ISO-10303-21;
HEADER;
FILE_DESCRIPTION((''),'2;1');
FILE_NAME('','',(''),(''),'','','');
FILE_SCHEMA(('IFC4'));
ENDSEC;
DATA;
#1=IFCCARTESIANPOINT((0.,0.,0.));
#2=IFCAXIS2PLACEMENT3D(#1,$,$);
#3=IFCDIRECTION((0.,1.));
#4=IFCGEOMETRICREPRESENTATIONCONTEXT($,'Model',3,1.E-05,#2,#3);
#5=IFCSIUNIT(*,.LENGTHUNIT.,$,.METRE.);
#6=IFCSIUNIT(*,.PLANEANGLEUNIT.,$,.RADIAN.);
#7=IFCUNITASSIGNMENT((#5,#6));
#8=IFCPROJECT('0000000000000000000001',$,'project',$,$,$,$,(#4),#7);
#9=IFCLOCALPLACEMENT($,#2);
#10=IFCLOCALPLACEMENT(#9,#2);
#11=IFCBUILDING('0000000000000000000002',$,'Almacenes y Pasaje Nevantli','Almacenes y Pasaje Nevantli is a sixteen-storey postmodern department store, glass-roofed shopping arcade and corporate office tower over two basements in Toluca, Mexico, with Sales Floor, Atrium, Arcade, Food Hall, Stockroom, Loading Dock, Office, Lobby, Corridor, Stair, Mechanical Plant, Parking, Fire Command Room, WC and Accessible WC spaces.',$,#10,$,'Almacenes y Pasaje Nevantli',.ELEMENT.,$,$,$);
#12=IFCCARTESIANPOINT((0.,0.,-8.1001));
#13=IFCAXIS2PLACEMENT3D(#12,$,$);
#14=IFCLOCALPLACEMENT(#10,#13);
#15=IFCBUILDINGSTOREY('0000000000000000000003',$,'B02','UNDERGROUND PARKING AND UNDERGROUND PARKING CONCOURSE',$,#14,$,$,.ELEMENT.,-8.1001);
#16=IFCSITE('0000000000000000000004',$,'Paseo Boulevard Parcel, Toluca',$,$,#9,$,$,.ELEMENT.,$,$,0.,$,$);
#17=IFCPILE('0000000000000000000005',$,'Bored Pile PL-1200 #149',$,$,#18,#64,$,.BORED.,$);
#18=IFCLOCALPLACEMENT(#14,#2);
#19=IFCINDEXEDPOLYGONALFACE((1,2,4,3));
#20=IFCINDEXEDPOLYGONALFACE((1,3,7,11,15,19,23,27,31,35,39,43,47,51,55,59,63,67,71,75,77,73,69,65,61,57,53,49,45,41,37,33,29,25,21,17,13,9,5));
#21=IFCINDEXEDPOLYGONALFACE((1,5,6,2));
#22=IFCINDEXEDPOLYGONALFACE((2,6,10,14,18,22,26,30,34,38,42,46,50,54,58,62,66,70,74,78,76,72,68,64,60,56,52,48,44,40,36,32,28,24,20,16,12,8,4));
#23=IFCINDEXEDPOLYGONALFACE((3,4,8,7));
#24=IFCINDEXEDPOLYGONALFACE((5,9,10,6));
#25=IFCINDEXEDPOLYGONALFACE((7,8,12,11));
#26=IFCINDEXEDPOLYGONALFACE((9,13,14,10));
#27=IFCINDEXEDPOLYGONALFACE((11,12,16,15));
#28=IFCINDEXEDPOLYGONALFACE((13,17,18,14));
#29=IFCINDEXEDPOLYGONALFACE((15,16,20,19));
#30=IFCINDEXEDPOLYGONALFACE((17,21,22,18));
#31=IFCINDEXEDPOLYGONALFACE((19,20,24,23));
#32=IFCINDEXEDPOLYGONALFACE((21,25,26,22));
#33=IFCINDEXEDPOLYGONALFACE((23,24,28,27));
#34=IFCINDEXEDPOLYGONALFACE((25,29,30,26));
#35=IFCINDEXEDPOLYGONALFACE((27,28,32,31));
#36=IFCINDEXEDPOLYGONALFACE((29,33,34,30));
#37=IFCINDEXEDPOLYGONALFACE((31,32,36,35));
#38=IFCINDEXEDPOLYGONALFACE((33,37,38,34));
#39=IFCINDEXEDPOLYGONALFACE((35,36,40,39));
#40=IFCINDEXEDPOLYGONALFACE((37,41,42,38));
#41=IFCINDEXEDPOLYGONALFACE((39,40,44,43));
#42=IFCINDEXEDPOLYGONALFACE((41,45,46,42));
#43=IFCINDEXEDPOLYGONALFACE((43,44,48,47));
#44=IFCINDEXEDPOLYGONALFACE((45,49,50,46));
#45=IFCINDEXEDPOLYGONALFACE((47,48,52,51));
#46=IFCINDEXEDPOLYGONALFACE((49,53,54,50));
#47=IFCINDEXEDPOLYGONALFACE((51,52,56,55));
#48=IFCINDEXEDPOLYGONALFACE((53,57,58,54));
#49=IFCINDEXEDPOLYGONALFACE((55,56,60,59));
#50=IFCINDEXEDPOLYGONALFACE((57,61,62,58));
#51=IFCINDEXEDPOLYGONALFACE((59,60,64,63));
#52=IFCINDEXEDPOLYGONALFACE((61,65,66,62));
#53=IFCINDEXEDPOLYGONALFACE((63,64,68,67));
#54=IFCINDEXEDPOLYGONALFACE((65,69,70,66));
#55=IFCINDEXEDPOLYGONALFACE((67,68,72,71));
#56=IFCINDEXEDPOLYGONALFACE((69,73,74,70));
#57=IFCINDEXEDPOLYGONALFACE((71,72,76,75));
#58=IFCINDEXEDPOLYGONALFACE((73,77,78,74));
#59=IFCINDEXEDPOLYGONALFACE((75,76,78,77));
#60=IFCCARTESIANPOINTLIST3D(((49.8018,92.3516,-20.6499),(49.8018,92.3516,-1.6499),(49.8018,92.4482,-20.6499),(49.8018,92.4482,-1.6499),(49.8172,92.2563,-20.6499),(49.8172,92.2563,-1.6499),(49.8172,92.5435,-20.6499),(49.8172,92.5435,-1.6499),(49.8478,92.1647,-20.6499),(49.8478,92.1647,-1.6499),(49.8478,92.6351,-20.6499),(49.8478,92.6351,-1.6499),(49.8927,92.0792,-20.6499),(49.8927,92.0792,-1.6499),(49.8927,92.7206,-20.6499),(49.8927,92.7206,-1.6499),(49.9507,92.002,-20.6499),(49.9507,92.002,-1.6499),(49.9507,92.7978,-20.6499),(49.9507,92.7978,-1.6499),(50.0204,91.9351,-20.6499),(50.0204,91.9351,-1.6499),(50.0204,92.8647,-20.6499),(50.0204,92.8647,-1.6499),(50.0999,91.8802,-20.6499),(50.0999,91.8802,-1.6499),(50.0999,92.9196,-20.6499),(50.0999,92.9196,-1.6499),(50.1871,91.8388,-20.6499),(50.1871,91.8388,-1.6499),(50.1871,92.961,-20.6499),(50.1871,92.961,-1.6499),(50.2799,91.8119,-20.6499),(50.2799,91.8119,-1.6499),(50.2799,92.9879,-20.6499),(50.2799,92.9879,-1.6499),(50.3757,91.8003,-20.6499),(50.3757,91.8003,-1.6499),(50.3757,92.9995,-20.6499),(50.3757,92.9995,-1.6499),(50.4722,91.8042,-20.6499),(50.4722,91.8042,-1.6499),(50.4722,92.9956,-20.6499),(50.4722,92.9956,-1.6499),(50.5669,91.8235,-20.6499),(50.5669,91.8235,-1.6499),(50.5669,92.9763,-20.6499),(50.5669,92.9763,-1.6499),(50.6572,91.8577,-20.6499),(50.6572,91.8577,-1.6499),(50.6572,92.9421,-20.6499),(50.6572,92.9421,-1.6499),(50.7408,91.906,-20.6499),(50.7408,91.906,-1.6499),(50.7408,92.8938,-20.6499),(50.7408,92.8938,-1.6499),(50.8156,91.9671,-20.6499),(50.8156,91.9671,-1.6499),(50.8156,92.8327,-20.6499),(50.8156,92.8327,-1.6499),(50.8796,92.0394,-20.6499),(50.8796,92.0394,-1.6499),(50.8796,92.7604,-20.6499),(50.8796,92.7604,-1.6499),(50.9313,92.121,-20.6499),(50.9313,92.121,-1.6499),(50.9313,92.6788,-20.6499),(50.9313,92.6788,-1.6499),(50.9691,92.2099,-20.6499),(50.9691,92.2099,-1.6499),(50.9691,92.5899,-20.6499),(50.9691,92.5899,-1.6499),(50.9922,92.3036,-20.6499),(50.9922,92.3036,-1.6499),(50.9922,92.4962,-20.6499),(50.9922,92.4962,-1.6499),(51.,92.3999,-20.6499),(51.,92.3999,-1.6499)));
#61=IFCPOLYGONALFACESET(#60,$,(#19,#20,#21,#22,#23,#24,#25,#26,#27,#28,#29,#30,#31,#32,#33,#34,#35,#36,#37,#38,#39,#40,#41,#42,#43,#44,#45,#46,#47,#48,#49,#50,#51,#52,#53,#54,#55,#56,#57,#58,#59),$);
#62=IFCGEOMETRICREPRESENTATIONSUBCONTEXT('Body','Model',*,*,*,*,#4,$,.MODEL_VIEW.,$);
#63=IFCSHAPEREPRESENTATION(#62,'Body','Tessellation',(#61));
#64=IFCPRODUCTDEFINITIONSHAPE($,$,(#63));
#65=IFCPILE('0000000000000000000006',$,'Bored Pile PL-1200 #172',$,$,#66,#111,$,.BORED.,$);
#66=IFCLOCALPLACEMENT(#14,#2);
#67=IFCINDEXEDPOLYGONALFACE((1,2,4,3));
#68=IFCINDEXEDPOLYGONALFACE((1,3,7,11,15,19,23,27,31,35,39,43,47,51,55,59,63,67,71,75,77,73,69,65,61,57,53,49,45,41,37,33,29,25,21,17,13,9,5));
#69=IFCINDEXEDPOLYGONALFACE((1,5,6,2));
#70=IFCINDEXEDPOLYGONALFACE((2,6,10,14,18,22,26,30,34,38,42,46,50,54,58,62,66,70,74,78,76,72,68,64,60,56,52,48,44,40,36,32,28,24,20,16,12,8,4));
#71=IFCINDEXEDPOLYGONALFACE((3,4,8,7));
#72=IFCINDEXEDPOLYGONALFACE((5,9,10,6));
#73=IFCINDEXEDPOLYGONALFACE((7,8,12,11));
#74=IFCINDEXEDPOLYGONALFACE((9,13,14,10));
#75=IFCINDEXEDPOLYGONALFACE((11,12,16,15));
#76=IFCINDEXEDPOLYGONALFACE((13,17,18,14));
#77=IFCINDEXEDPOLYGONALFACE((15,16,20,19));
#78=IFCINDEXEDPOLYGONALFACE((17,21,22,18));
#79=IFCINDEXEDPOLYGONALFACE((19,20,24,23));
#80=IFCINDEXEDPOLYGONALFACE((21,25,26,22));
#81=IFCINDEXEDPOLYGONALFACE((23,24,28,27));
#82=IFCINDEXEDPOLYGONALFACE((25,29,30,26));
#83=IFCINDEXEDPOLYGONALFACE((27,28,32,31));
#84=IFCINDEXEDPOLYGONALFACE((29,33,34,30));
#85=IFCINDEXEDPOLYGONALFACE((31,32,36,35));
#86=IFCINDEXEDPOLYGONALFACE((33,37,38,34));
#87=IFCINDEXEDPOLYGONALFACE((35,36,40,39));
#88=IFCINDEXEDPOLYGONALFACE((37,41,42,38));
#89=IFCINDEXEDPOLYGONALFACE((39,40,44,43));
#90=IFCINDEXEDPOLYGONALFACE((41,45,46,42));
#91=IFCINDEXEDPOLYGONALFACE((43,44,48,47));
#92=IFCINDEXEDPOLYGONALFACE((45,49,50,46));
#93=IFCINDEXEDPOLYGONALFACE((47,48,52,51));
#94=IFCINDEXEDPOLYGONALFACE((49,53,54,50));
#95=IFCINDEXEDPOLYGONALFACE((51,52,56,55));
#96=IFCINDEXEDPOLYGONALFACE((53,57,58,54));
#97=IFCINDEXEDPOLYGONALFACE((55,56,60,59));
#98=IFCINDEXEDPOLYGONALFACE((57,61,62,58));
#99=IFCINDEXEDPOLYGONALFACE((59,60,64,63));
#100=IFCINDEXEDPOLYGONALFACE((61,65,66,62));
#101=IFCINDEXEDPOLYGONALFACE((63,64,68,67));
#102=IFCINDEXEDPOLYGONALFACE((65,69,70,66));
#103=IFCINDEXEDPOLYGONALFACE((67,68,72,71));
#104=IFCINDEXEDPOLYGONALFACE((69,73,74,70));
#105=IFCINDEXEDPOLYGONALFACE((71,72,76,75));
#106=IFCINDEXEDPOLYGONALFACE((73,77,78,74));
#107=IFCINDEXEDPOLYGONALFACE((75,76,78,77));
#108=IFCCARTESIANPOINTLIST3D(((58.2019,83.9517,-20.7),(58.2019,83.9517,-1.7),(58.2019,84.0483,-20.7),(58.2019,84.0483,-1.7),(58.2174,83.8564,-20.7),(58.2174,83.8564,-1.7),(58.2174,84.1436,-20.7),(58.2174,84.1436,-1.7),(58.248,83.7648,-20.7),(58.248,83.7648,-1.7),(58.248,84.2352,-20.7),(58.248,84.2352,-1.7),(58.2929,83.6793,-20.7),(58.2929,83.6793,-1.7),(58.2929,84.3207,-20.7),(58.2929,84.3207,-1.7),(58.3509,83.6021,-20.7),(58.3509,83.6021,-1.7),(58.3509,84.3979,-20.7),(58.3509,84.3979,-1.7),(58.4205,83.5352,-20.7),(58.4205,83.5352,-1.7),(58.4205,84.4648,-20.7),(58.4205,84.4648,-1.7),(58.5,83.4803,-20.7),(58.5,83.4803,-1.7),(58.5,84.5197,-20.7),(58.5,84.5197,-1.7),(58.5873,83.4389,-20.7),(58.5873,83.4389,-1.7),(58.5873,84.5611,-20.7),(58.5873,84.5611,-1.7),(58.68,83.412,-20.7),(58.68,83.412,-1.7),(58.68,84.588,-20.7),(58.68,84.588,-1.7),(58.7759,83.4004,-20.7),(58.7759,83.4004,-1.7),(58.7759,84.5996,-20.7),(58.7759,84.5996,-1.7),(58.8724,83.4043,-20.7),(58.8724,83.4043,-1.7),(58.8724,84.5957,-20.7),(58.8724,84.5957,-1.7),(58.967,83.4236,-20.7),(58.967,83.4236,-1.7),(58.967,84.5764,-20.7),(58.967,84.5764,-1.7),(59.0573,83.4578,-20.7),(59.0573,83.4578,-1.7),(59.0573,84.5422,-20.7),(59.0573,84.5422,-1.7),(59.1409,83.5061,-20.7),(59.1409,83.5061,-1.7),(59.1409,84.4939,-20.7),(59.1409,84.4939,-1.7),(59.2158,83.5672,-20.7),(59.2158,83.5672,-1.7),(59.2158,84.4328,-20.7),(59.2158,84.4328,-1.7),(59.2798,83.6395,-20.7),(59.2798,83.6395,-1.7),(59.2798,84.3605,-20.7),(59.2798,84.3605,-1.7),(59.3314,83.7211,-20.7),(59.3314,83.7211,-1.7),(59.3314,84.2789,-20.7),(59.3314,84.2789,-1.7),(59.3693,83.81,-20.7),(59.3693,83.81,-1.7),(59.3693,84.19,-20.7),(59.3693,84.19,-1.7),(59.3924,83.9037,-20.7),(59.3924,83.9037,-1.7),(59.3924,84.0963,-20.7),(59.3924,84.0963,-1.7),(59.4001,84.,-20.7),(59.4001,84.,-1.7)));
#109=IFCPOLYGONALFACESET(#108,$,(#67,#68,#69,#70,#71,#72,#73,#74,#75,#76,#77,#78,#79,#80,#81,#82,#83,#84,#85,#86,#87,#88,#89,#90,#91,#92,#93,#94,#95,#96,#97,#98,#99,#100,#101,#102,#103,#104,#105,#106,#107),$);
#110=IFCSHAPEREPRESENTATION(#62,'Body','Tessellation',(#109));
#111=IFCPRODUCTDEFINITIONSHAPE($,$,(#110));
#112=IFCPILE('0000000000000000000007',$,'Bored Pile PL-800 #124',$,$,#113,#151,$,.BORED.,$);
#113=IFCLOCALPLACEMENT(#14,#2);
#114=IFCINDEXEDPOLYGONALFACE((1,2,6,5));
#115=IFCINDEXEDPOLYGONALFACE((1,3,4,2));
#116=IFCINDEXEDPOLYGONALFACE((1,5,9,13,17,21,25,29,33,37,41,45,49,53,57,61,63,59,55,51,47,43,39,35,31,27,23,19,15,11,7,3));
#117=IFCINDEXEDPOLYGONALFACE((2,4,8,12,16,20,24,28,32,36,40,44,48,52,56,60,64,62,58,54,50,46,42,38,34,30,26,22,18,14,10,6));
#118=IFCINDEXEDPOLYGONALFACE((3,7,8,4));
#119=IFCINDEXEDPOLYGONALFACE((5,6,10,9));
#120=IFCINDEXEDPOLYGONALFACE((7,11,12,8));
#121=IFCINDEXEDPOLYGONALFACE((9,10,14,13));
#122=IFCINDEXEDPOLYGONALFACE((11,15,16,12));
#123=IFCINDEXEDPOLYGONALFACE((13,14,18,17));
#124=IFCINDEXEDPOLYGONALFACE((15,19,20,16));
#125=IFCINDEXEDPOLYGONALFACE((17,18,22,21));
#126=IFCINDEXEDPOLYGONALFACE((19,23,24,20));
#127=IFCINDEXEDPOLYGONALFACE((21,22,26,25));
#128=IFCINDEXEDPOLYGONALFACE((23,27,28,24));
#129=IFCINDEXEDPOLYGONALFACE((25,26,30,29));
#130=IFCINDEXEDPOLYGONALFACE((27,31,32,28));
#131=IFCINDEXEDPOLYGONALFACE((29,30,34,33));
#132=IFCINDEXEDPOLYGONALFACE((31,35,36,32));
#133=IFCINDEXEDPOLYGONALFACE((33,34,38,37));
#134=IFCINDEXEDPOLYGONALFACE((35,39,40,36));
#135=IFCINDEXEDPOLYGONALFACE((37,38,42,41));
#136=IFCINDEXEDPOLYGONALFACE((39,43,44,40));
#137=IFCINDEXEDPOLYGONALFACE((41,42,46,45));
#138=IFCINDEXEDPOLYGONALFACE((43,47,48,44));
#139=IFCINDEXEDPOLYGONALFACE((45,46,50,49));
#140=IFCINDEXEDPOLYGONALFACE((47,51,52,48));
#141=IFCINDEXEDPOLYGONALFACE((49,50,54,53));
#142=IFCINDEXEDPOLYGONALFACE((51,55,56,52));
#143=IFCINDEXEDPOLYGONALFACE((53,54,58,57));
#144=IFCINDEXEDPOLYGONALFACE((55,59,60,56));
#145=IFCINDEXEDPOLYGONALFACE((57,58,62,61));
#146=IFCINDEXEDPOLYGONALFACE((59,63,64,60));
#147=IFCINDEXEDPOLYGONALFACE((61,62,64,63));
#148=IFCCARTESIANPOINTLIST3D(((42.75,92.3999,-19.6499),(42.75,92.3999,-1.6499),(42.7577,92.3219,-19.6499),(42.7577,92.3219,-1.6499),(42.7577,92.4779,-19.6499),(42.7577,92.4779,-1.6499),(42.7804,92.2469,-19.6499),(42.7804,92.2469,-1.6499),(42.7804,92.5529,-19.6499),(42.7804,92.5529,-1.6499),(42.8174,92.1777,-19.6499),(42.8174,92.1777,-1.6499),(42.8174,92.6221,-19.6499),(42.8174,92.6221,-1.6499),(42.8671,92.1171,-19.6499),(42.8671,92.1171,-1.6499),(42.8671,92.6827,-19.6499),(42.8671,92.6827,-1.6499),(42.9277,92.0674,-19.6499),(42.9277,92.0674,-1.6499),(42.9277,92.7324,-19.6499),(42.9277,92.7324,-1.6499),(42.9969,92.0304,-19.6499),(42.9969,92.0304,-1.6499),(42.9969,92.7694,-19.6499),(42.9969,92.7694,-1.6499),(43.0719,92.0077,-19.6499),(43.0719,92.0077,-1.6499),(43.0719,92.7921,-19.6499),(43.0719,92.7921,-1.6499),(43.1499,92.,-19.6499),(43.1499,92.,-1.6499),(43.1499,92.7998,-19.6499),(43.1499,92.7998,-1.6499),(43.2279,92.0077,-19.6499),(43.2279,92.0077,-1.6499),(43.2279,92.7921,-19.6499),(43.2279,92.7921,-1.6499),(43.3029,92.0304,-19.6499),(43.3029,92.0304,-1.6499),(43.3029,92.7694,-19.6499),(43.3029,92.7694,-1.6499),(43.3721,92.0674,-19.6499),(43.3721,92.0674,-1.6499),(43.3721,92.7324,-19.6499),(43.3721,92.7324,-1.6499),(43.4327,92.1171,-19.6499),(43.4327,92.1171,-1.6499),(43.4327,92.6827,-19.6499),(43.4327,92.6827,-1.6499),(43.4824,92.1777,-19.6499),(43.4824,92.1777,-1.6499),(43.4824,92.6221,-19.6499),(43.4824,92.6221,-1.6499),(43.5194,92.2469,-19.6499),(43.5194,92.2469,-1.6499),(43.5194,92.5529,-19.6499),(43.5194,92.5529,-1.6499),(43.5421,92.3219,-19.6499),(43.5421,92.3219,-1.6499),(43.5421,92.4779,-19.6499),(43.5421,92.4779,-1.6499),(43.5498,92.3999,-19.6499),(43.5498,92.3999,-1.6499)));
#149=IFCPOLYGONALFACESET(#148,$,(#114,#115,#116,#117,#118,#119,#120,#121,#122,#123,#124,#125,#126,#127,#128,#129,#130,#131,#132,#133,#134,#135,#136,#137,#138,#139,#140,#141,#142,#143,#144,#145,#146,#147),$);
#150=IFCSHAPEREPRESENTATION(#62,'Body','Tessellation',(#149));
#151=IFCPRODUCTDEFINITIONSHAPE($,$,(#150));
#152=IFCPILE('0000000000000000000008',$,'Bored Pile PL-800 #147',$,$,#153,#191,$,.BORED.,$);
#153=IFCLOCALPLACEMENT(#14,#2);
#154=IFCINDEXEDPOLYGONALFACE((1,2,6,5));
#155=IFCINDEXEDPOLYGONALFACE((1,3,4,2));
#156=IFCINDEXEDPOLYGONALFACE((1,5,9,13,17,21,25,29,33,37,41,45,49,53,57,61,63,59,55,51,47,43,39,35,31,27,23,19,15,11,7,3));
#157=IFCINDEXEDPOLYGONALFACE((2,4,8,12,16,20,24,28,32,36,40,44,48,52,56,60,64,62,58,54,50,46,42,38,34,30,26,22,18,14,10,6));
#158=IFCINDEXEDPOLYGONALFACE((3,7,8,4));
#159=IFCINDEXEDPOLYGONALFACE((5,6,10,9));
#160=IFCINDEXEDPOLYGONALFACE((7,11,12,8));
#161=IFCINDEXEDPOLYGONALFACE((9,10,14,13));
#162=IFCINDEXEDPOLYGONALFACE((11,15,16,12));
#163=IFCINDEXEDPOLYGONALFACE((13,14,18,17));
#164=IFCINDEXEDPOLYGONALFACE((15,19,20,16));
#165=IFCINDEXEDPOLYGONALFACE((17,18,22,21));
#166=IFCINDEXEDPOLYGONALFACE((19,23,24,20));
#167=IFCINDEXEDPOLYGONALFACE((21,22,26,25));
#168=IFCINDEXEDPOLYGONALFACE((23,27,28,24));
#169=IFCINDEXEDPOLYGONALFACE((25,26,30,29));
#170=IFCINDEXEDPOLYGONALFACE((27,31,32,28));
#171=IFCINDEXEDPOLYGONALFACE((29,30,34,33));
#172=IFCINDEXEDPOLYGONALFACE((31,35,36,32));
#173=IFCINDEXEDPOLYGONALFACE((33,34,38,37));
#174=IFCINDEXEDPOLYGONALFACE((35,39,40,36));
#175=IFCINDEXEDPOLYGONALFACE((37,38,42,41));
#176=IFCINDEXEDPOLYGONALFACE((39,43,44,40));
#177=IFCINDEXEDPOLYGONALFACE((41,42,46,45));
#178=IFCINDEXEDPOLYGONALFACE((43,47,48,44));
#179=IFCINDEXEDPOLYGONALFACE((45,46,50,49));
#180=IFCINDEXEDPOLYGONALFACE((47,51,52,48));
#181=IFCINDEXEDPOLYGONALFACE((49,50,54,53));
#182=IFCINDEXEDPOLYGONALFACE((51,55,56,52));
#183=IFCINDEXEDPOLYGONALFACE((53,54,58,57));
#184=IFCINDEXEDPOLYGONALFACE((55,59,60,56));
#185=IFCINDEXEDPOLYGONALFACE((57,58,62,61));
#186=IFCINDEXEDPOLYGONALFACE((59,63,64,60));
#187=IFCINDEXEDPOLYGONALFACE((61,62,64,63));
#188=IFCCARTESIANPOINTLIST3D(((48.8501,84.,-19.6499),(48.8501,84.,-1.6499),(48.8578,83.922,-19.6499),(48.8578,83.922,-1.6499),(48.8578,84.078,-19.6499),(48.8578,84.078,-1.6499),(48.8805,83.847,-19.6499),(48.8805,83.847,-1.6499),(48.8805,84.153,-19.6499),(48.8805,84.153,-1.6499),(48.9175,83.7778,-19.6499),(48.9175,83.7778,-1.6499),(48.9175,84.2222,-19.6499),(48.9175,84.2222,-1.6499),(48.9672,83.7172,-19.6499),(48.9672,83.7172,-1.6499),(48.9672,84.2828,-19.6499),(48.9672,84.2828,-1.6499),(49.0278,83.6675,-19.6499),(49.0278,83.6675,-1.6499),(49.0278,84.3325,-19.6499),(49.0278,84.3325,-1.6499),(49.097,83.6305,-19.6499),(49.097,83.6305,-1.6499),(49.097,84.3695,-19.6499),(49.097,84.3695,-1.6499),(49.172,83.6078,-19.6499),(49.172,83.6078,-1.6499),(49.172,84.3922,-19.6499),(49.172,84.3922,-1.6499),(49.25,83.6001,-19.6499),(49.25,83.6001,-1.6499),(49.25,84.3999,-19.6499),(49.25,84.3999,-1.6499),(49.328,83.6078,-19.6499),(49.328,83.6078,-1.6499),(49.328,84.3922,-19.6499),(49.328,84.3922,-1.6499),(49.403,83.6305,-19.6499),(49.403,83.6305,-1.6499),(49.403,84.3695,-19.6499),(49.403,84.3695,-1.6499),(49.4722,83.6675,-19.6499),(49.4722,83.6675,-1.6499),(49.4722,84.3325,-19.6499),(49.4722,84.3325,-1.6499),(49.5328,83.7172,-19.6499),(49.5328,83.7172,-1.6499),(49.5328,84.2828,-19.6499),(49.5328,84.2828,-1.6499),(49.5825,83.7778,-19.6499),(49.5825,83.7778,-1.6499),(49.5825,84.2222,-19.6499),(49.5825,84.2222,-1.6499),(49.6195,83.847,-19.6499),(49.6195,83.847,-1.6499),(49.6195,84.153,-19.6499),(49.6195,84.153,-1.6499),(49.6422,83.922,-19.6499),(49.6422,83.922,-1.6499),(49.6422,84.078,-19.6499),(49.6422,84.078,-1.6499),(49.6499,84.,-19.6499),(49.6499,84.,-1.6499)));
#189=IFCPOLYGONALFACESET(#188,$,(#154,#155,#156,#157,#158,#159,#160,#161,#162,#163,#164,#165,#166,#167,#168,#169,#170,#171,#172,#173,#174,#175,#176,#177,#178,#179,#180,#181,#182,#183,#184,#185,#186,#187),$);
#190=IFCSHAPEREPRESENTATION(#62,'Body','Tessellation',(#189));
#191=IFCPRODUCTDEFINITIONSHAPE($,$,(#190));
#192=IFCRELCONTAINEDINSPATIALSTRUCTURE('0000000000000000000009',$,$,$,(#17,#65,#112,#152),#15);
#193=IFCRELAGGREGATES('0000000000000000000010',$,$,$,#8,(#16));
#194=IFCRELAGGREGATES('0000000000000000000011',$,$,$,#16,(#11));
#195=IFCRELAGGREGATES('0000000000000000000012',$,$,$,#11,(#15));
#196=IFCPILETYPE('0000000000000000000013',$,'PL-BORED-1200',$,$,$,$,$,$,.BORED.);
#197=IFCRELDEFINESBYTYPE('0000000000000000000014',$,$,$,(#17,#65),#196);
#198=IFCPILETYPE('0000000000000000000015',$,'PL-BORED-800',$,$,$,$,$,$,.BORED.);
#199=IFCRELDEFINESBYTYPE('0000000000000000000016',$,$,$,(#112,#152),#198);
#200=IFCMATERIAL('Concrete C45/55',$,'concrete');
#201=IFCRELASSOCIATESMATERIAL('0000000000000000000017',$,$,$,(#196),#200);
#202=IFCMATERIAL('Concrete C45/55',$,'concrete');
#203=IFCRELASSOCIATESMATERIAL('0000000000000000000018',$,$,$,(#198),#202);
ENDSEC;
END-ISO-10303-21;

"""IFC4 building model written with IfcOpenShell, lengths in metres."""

from ifc_helpers import new_model, si_unit, direction, frame, origin, origin_2d, place, context, subcontext, project, spatial, circle, extrude, material, material_profile, profile_set, type_object, element, save


model = new_model("IFC4")

# Units and contexts
model_context = context("Model", 3, precision=1e-05, world=origin(), true_north=direction((0.0, 1.0)))
body_context = subcontext(model_context, "Body", "Model", "MODEL_VIEW")
ifc_project = project(units=[si_unit("LENGTHUNIT", "METRE"), si_unit("PLANEANGLEUNIT", "RADIAN")], contexts=[model_context])

# Site, building, storey
site_placement = place(None, origin())
site = spatial("IfcSite", under=ifc_project, at=site_placement, Name="Paseo Boulevard Parcel, Toluca", CompositionType="ELEMENT", RefElevation=0.0)
building_placement = place(site_placement, origin())
building = spatial("IfcBuilding", under=site, at=building_placement, Name="Almacenes y Pasaje Nevantli", Description="Almacenes y Pasaje Nevantli is a sixteen-storey postmodern department store, glass-roofed shopping arcade and corporate office tower over two basements in Toluca, Mexico, with Sales Floor, Atrium, Arcade, Food Hall, Stockroom, Loading Dock, Office, Lobby, Corridor, Stair, Mechanical Plant, Parking, Fire Command Room, WC and Accessible WC spaces.", LongName="Almacenes y Pasaje Nevantli", CompositionType="ELEMENT")
storey_placement = place(building_placement, frame((0.0, 0.0, -8.1001)))
storey = spatial("IfcBuildingStorey", under=building, at=storey_placement, Name="B02", Description="UNDERGROUND PARKING AND UNDERGROUND PARKING CONCOURSE", CompositionType="ELEMENT", Elevation=-8.1001)

# Piles
ifc_material_1 = material(Name="Concrete C45/55", Category="concrete")
ifc_material_profile_1 = material_profile(ifc_material_1, circle(Radius=0.6001, at=origin_2d()), Name="RC-PILE-D1200")
ifc_profile_set_1 = profile_set([ifc_material_profile_1], Name="Concrete C45/55")
pile_type_1 = type_object("IfcPileType", Name="PL-BORED-1200", PredefinedType="BORED", material=ifc_profile_set_1)
for number, where, z_axis, x_axis, name in (
    (1, (50.3999, 92.3999, -1.6499), (0.0, 0.0, -1.0), (1.0, 0.0, 0.0), "Bored Pile PL-1200 #149"),
    (2, (58.8, 84.0, -1.7), (0.0, 0.0, -1.0), (1.0, 0.0, 0.0), "Bored Pile PL-1200 #172"),
):
    element("IfcPile", number, at=place(storey_placement, frame(where, z_axis=z_axis, x_axis=x_axis)), inside=storey, type_object=pile_type_1, Name=name, PredefinedType="BORED", context=body_context, shape_type="SweptSolid", body=[
        extrude(circle(Radius=0.6001, at=origin_2d()), origin(), (0.0, 0.0, 1.0), 19.0),
    ])
ifc_material_2 = material(Name="Concrete C45/55", Category="concrete")
ifc_material_profile_2 = material_profile(ifc_material_2, circle(Radius=0.3999, at=origin_2d()), Name="RC-PILE-D800")
ifc_profile_set_2 = profile_set([ifc_material_profile_2], Name="Concrete C45/55")
pile_type_2 = type_object("IfcPileType", Name="PL-BORED-800", PredefinedType="BORED", material=ifc_profile_set_2)
for number, where, z_axis, x_axis, name in (
    (3, (43.1499, 92.3999, -1.6499), (0.0, 0.0, -1.0), (1.0, 0.0, 0.0), "Bored Pile PL-800 #124"),
    (4, (49.25, 84.0, -1.6499), (0.0, 0.0, -1.0), (1.0, 0.0, 0.0), "Bored Pile PL-800 #147"),
):
    element("IfcPile", number, at=place(storey_placement, frame(where, z_axis=z_axis, x_axis=x_axis)), inside=storey, type_object=pile_type_2, Name=name, PredefinedType="BORED", context=body_context, shape_type="SweptSolid", body=[
        extrude(circle(Radius=0.3999, at=origin_2d()), origin(), (0.0, 0.0, 1.0), 18.0),
    ])

save(model, "model.ifc")
